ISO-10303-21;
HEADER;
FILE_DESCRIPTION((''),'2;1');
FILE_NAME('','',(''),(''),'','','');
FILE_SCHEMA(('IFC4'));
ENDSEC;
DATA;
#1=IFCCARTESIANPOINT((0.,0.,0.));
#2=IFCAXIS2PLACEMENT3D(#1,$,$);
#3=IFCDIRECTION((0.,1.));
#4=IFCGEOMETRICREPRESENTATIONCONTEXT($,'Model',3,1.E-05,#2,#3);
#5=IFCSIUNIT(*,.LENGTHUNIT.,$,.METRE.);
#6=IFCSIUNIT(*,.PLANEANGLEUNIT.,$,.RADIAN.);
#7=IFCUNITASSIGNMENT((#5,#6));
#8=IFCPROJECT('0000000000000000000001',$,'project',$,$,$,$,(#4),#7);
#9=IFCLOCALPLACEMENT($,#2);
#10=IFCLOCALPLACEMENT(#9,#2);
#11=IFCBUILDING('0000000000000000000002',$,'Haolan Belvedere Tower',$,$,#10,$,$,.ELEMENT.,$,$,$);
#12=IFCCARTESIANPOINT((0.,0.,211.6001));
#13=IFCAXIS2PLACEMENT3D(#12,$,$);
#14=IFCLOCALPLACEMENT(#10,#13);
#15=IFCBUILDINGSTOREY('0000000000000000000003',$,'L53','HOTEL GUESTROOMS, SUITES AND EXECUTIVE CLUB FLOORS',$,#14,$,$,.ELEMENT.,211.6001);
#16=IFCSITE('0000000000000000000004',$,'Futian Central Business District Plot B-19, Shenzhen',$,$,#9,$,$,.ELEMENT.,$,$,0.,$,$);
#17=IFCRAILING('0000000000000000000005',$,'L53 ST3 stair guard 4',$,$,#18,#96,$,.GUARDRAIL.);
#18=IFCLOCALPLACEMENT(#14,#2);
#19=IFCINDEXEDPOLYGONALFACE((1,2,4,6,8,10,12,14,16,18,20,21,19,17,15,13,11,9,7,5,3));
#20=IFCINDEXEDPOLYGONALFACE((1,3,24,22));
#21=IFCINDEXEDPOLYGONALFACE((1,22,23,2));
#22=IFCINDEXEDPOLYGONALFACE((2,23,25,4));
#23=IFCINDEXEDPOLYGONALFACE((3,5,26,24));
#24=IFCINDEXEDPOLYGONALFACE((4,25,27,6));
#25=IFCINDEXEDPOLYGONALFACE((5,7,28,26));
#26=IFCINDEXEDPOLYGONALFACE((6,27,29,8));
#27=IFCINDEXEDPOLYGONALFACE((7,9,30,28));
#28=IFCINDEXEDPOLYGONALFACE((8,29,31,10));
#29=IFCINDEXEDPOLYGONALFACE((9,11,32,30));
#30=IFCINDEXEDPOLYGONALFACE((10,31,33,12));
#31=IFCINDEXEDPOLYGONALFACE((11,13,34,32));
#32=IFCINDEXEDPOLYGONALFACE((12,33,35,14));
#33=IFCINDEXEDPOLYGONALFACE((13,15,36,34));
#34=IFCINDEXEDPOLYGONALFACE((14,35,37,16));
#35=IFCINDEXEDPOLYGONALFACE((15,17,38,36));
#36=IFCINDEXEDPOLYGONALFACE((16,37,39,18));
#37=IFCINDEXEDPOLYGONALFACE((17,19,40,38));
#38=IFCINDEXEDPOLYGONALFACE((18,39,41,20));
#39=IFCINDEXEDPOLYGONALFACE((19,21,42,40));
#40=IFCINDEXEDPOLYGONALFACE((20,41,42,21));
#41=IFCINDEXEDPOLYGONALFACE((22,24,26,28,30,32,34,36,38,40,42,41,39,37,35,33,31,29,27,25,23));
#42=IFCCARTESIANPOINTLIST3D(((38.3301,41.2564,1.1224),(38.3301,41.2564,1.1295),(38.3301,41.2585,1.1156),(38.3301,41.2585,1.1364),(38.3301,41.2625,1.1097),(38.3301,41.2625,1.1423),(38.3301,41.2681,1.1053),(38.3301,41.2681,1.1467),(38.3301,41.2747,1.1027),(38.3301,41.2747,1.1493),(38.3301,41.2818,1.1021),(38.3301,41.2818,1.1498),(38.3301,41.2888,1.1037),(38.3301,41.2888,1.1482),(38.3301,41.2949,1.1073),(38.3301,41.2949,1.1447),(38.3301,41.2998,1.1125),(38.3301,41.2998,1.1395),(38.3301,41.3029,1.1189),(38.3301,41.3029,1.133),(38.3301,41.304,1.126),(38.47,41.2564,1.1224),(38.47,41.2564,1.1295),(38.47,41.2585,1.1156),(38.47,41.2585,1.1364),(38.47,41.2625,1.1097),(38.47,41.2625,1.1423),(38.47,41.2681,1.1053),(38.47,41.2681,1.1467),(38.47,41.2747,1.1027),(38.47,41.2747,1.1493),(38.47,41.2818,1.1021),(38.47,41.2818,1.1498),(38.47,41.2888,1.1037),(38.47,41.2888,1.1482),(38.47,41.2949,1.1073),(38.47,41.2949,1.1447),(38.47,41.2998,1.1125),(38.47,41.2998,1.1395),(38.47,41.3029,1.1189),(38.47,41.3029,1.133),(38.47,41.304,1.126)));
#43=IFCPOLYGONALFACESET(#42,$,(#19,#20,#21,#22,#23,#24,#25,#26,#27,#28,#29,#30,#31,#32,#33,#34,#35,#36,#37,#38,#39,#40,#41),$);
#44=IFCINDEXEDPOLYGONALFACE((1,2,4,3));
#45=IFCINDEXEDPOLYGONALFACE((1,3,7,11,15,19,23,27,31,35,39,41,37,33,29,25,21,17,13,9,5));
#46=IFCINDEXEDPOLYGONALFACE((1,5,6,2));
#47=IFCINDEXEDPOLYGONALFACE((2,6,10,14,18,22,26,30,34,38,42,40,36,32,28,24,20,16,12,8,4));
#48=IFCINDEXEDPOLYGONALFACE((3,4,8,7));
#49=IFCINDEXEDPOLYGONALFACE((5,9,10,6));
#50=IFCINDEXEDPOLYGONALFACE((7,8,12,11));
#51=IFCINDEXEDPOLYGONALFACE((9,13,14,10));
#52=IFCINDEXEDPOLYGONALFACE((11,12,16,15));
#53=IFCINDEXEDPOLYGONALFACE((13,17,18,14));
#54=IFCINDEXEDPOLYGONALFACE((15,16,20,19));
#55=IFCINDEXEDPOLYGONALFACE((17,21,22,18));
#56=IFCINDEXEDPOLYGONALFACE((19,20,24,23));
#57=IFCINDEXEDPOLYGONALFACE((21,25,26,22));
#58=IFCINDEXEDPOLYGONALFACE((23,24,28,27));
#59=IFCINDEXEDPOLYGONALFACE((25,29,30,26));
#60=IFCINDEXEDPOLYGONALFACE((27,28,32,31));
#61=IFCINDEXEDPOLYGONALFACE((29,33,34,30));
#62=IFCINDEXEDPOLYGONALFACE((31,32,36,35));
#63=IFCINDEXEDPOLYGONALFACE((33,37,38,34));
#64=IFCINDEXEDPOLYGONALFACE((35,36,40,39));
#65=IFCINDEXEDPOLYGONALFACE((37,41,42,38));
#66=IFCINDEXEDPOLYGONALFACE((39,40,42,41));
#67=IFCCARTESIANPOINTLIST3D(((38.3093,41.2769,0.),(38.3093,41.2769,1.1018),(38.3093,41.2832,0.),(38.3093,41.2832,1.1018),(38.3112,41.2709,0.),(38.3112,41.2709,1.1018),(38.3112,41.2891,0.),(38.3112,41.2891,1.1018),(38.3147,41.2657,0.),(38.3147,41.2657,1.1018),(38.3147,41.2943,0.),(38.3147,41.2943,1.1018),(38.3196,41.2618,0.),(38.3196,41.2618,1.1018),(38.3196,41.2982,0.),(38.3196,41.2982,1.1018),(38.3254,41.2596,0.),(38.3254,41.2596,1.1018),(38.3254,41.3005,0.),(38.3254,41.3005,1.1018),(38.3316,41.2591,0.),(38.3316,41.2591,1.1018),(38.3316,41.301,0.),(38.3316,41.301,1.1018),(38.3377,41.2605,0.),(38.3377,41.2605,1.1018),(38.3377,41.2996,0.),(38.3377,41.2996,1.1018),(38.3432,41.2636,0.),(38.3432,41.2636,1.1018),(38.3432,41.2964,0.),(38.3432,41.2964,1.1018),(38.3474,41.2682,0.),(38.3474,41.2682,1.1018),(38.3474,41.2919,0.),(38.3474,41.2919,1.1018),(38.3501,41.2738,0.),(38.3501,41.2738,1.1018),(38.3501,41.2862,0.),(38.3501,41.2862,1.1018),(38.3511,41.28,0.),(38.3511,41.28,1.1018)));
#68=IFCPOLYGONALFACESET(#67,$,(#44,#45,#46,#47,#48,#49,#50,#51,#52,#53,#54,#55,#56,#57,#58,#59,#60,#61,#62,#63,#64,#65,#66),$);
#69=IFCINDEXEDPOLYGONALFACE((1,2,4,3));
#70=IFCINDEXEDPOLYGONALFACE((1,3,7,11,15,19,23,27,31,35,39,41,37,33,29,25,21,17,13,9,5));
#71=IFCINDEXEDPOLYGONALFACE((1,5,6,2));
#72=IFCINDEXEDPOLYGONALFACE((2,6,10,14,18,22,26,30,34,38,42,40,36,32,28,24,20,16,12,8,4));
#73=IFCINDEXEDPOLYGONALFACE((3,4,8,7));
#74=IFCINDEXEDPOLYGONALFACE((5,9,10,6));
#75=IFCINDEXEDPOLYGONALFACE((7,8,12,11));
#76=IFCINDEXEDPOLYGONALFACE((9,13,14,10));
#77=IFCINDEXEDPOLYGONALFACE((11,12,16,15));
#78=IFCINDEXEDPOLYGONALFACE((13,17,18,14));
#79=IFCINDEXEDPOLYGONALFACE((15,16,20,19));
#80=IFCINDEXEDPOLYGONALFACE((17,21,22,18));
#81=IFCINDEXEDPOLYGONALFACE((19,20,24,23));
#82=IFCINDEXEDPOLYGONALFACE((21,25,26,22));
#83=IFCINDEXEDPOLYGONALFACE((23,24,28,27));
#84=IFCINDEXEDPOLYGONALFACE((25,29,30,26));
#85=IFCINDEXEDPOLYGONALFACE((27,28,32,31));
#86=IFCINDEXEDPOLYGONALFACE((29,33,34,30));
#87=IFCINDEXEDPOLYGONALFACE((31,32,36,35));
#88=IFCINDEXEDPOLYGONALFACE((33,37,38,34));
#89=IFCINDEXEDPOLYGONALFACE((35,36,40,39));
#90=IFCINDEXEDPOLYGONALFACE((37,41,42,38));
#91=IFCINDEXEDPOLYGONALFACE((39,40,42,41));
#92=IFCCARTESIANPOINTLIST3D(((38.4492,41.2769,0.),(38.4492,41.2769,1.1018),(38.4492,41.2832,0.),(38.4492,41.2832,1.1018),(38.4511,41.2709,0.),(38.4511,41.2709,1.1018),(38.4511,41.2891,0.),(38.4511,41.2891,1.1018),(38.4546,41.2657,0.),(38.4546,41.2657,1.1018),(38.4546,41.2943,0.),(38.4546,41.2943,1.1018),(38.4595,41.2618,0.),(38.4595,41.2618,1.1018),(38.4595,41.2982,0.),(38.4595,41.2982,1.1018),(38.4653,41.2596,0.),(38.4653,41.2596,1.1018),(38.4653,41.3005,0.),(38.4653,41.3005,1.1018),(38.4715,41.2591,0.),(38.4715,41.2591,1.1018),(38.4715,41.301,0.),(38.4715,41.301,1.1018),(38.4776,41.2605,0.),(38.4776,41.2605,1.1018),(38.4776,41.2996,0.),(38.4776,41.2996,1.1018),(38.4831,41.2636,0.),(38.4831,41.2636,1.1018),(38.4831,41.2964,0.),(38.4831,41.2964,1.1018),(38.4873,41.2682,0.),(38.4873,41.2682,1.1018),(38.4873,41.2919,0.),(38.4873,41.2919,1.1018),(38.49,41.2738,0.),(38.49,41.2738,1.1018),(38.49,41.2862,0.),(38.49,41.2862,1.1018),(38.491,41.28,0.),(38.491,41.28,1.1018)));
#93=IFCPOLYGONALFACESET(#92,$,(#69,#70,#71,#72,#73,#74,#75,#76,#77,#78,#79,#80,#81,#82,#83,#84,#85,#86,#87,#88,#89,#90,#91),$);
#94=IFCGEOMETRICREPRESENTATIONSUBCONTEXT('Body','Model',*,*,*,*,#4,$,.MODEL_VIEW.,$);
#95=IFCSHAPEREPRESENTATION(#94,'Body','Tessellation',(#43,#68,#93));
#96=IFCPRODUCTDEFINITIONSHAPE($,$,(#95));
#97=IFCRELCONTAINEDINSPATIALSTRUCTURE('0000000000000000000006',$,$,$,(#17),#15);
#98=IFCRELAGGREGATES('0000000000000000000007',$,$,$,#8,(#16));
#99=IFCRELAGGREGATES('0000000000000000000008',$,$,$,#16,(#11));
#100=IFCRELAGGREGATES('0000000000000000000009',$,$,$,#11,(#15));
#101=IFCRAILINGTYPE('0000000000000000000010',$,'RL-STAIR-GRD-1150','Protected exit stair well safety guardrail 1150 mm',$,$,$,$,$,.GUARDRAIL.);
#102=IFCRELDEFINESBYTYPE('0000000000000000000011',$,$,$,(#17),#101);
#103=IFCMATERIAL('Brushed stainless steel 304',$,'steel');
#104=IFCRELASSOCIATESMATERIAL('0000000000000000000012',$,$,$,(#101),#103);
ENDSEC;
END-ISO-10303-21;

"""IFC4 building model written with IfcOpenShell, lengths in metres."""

from ifc_helpers import new_model, si_unit, direction, frame, origin, origin_2d, place, context, subcontext, project, spatial, circle, extrude, material, type_object, element, save


model = new_model("IFC4")

# Units and contexts
model_context = context("Model", 3, precision=1e-05, world=origin(), true_north=direction((0.0, 1.0)))
body_context = subcontext(model_context, "Body", "Model", "MODEL_VIEW")
ifc_project = project(units=[si_unit("LENGTHUNIT", "METRE"), si_unit("PLANEANGLEUNIT", "RADIAN")], contexts=[model_context])

# Site, building, storey
site_placement = place(None, origin())
site = spatial("IfcSite", under=ifc_project, at=site_placement, Name="Futian Central Business District Plot B-19, Shenzhen", CompositionType="ELEMENT", RefElevation=0.0)
building_placement = place(site_placement, origin())
building = spatial("IfcBuilding", under=site, at=building_placement, Name="Haolan Belvedere Tower", CompositionType="ELEMENT")
storey_placement = place(building_placement, frame((0.0, 0.0, 211.6001)))
storey = spatial("IfcBuildingStorey", under=building, at=storey_placement, Name="L53", Description="HOTEL GUESTROOMS, SUITES AND EXECUTIVE CLUB FLOORS", CompositionType="ELEMENT", Elevation=211.6001)

# Railing
ifc_material_1 = material(Name="Brushed stainless steel 304", Category="steel")
railing_type = type_object("IfcRailingType", Name="RL-STAIR-GRD-1150", Description="Protected exit stair well safety guardrail 1150 mm", PredefinedType="GUARDRAIL", material=ifc_material_1)
railing_1_placement = place(storey_placement, frame((38.3301, 41.28, 0.0)))
element("IfcRailing", 1, at=railing_1_placement, inside=storey, type_object=railing_type, Name="L53 ST3 stair guard 4", PredefinedType="GUARDRAIL", context=body_context, shape_type="SweptSolid", body=[
    extrude(circle(Radius=0.0239, at=origin_2d()), frame((0.0, 0.0, 1.126), z_axis=(1.0, 0.0, 0.0), x_axis=(0.0, 1.0, 0.0)), (0.0, 0.0, 1.0), 0.1399),
    extrude(circle(Radius=0.021, at=origin_2d()), origin(), (0.0, 0.0, 1.0), 1.1018),
    extrude(circle(Radius=0.021, at=origin_2d()), frame((0.1399, 0.0, 0.0)), (0.0, 0.0, 1.0), 1.1018),
])

save(model, "model.ifc")
